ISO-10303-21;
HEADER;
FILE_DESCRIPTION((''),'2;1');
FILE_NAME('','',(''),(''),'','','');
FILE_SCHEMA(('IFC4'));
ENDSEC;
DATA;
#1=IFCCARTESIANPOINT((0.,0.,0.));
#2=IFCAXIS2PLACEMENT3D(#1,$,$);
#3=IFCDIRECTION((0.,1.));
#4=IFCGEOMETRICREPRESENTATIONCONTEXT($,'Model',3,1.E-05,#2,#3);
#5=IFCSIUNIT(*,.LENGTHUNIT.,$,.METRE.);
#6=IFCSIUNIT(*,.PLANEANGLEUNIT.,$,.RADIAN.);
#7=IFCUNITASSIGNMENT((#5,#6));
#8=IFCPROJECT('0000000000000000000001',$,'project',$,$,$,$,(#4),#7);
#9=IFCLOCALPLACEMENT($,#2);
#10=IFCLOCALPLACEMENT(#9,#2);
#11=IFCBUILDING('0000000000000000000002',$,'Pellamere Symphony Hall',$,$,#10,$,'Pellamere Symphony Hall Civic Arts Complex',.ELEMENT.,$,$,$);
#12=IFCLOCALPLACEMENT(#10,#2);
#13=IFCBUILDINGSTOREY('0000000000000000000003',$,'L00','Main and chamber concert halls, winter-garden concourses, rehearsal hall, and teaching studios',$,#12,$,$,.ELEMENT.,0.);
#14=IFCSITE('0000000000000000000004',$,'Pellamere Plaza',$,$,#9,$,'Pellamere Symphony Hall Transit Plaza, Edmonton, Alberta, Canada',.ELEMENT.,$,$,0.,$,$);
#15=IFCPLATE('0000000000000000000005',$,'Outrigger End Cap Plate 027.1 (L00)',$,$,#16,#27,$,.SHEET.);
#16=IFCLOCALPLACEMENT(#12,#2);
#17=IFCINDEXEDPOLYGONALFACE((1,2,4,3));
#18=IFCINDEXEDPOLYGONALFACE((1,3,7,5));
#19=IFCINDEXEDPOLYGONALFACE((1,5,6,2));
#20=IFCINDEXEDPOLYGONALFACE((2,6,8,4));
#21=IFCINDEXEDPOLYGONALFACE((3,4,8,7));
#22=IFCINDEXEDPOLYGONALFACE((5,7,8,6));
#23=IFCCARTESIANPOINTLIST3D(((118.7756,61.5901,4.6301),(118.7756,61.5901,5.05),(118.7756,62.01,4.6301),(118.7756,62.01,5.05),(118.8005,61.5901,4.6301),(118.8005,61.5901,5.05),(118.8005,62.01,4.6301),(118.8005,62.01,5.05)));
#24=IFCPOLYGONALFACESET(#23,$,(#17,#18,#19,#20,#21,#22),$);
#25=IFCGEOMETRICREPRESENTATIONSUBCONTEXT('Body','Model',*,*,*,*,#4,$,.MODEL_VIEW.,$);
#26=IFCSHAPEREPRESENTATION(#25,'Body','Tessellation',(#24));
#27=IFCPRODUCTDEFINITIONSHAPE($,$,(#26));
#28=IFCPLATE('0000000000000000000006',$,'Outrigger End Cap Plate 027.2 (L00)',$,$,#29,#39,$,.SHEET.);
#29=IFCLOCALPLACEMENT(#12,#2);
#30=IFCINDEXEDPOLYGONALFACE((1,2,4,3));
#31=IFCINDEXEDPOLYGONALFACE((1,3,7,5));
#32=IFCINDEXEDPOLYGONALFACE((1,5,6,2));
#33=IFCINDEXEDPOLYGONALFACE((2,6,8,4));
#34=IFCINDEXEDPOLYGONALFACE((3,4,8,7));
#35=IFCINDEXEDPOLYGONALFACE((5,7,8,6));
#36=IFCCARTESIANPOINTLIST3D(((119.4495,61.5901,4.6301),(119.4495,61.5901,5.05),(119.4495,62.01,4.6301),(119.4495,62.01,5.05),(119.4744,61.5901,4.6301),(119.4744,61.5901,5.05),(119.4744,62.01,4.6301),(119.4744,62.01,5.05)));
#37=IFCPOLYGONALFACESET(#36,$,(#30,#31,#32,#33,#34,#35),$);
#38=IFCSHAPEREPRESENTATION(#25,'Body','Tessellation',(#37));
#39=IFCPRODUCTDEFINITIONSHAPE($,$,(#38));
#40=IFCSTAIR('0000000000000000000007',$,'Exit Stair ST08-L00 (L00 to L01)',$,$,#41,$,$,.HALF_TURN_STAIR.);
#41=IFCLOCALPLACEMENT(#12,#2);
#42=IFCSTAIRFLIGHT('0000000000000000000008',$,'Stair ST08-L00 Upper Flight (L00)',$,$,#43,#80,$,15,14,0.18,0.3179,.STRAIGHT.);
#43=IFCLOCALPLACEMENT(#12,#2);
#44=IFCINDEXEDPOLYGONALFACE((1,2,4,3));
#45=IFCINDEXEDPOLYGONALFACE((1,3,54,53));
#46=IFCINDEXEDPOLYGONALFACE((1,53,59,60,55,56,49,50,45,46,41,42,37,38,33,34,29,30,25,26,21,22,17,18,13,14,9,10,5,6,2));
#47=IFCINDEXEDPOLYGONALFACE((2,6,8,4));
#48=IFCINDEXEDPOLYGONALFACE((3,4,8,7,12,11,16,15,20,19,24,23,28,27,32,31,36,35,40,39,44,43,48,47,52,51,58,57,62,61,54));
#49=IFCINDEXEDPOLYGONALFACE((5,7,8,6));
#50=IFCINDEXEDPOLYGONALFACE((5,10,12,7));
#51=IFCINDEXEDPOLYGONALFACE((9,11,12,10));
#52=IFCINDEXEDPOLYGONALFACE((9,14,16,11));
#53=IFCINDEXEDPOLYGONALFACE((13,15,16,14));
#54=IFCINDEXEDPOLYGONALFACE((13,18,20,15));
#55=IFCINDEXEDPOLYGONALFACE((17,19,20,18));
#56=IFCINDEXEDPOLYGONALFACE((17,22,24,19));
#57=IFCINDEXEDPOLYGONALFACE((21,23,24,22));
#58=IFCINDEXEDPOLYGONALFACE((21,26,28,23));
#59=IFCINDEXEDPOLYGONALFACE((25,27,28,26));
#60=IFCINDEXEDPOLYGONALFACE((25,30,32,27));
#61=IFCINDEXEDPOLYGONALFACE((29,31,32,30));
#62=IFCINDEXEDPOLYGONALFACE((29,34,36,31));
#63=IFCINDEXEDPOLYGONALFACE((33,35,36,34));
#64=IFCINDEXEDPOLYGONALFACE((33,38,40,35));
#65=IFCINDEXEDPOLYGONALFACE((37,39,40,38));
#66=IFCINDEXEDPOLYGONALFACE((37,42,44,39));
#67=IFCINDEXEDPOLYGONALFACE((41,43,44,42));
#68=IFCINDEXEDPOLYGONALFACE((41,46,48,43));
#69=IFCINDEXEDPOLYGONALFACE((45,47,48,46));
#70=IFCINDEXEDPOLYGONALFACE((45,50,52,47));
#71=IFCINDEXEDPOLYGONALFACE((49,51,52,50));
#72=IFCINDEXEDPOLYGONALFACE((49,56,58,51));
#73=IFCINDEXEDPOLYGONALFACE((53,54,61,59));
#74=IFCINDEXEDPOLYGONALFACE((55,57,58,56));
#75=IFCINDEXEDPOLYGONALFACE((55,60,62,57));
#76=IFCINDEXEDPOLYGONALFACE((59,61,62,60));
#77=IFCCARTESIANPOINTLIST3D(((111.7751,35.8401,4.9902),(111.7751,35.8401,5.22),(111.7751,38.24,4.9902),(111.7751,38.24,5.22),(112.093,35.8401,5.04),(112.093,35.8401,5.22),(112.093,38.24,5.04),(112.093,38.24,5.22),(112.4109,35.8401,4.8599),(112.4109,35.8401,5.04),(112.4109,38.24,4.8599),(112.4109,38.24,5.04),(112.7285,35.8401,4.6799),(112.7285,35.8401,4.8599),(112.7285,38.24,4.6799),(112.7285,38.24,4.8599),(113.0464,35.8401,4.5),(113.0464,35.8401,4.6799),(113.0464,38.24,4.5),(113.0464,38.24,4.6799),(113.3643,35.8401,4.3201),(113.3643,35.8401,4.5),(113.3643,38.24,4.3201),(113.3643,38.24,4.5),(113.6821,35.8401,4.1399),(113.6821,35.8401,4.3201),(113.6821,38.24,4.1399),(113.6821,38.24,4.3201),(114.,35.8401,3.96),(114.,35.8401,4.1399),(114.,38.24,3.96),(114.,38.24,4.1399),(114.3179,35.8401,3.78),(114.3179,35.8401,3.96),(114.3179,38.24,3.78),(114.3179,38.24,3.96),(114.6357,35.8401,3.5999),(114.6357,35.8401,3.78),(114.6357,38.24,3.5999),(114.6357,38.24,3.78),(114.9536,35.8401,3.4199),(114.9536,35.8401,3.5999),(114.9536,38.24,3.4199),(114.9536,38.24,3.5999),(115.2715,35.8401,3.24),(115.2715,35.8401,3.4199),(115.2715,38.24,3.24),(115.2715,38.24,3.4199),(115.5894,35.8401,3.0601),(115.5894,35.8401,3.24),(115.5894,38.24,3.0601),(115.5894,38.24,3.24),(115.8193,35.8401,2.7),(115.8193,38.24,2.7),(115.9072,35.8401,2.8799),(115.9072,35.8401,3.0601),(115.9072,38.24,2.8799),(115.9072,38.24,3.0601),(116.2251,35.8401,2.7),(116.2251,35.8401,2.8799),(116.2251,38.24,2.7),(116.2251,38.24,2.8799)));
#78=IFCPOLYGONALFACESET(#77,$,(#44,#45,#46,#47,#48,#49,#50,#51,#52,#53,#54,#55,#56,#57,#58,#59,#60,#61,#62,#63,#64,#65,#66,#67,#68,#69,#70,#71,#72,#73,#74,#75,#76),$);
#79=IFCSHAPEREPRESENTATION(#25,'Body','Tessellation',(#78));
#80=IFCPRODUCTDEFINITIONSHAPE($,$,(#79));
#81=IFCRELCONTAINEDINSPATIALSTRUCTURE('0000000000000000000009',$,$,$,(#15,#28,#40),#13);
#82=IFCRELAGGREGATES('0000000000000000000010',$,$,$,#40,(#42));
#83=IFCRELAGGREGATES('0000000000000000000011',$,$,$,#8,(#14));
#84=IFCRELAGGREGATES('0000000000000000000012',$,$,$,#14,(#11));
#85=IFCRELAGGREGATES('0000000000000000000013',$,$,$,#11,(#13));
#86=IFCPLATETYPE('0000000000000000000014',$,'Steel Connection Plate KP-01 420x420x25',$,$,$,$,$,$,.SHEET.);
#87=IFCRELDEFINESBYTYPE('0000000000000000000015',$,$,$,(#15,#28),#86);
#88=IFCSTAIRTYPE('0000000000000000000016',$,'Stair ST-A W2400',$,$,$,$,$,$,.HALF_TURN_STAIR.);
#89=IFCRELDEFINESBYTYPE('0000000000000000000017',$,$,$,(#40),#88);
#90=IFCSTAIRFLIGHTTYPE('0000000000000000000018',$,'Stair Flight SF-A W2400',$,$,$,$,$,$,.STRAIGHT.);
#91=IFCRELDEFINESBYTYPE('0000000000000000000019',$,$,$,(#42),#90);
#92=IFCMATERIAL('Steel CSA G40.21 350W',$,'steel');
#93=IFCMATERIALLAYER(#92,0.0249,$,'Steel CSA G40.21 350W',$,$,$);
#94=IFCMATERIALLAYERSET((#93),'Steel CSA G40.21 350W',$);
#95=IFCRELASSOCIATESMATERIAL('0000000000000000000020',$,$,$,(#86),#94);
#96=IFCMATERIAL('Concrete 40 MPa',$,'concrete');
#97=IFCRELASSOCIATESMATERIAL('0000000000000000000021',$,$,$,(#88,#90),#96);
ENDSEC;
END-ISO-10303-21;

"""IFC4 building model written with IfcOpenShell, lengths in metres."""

from ifc_helpers import new_model, si_unit, direction, frame, origin, origin_2d, place, context, subcontext, project, spatial, polyline, rectangle, outline, extrude, material, layer, layer_set, type_object, element, aggregate, save


model = new_model("IFC4")

# Units and contexts
model_context = context("Model", 3, precision=1e-05, world=origin(), true_north=direction((0.0, 1.0)))
body_context = subcontext(model_context, "Body", "Model", "MODEL_VIEW")
ifc_project = project(units=[si_unit("LENGTHUNIT", "METRE"), si_unit("PLANEANGLEUNIT", "RADIAN")], contexts=[model_context])

# Site, building, storey
site_placement = place(None, origin())
site = spatial("IfcSite", under=ifc_project, at=site_placement, Name="Pellamere Plaza", LongName="Pellamere Symphony Hall Transit Plaza, Edmonton, Alberta, Canada", CompositionType="ELEMENT", RefElevation=0.0)
building_placement = place(site_placement, origin())
building = spatial("IfcBuilding", under=site, at=building_placement, Name="Pellamere Symphony Hall", LongName="Pellamere Symphony Hall Civic Arts Complex", CompositionType="ELEMENT")
storey_placement = place(building_placement, origin())
storey = spatial("IfcBuildingStorey", under=building, at=storey_placement, Name="L00", Description="Main and chamber concert halls, winter-garden concourses, rehearsal hall, and teaching studios", CompositionType="ELEMENT", Elevation=0.0)

# Shared definitions
ifc_material_1 = material(Name="Concrete 40 MPa", Category="concrete")

# Shared definitions
ifc_material_2 = material(Name="Steel CSA G40.21 350W", Category="steel")

# Plates
ifc_layer = layer(ifc_material_2, 0.0249, Name="Steel CSA G40.21 350W")
ifc_layer_set = layer_set([ifc_layer], Name="Steel CSA G40.21 350W")
plate_type = type_object("IfcPlateType", Name="Steel Connection Plate KP-01 420x420x25", PredefinedType="SHEET", material=ifc_layer_set)
for number, where, z_axis, x_axis, name in (
    (1, (118.7881, 61.8, 4.6301), (0.0, 0.0, 1.0), (1.0, 0.0, 0.0), "Outrigger End Cap Plate 027.1 (L00)"),
    (2, (119.4619, 61.8, 4.6301), (0.0, 0.0, 1.0), (1.0, 0.0, 0.0), "Outrigger End Cap Plate 027.2 (L00)"),
):
    element("IfcPlate", number, at=place(storey_placement, frame(where, z_axis=z_axis, x_axis=x_axis)), inside=storey, type_object=plate_type, Name=name, PredefinedType="SHEET", context=body_context, shape_type="SweptSolid", body=[
        extrude(rectangle(XDim=0.0249, YDim=0.4199, at=origin_2d()), origin(), (0.0, 0.0, 1.0), 0.4199),
    ])

# Stair, stair flight
stair_type = type_object("IfcStairType", Name="Stair ST-A W2400", PredefinedType="HALF_TURN_STAIR", material=ifc_material_1)
stair_placement = place(storey_placement, origin())
stair = element("IfcStair", 3, at=stair_placement, inside=storey, type_object=stair_type, Name="Exit Stair ST08-L00 (L00 to L01)", PredefinedType="HALF_TURN_STAIR")
stair_flight_type = type_object("IfcStairFlightType", Name="Stair Flight SF-A W2400", PredefinedType="STRAIGHT", material=ifc_material_1)
stair_flight_placement = place(storey_placement, frame((116.2251, 37.04, 2.7), z_axis=(0.0, 0.0, 1.0), x_axis=(-1.0, 0.0, 0.0)))
stair_flight = element("IfcStairFlight", 4, at=stair_flight_placement, type_object=stair_flight_type, Name="Stair ST08-L00 Upper Flight (L00)", NumberOfRisers=15, NumberOfTreads=14, PredefinedType="STRAIGHT", RiserHeight=0.18, TreadLength=0.3179, context=body_context, shape_type="SweptSolid", body=[
    extrude(outline(polyline([(0.0, 0.0), (0.0, 0.1799), (0.3179, 0.1799), (0.3179, 0.3601), (0.6357, 0.3601), (0.6357, 0.54), (0.9536, 0.54), (0.9536, 0.72), (1.2715, 0.72), (1.2715, 0.8999), (1.5894, 0.8999), (1.5894, 1.0801), (1.9072, 1.0801), (1.9072, 1.26), (2.2251, 1.26), (2.2251, 1.4399), (2.543, 1.4399), (2.543, 1.6201), (2.8608, 1.6201), (2.8608, 1.8), (3.1787, 1.8), (3.1787, 1.98), (3.4966, 1.98), (3.4966, 2.1599), (3.8142, 2.1599), (3.8142, 2.3401), (4.1321, 2.3401), (4.1321, 2.52), (4.45, 2.52), (4.45, 2.7), (4.45, 2.2903), (0.4058, 0.0), (0.0, 0.0)])), frame((0.0, 1.2, 0.0), z_axis=(0.0, -1.0, 0.0), x_axis=(1.0, 0.0, 0.0)), (0.0, 0.0, 1.0), 2.3999),
])
aggregate(stair, [stair_flight])

save(model, "model.ifc")
